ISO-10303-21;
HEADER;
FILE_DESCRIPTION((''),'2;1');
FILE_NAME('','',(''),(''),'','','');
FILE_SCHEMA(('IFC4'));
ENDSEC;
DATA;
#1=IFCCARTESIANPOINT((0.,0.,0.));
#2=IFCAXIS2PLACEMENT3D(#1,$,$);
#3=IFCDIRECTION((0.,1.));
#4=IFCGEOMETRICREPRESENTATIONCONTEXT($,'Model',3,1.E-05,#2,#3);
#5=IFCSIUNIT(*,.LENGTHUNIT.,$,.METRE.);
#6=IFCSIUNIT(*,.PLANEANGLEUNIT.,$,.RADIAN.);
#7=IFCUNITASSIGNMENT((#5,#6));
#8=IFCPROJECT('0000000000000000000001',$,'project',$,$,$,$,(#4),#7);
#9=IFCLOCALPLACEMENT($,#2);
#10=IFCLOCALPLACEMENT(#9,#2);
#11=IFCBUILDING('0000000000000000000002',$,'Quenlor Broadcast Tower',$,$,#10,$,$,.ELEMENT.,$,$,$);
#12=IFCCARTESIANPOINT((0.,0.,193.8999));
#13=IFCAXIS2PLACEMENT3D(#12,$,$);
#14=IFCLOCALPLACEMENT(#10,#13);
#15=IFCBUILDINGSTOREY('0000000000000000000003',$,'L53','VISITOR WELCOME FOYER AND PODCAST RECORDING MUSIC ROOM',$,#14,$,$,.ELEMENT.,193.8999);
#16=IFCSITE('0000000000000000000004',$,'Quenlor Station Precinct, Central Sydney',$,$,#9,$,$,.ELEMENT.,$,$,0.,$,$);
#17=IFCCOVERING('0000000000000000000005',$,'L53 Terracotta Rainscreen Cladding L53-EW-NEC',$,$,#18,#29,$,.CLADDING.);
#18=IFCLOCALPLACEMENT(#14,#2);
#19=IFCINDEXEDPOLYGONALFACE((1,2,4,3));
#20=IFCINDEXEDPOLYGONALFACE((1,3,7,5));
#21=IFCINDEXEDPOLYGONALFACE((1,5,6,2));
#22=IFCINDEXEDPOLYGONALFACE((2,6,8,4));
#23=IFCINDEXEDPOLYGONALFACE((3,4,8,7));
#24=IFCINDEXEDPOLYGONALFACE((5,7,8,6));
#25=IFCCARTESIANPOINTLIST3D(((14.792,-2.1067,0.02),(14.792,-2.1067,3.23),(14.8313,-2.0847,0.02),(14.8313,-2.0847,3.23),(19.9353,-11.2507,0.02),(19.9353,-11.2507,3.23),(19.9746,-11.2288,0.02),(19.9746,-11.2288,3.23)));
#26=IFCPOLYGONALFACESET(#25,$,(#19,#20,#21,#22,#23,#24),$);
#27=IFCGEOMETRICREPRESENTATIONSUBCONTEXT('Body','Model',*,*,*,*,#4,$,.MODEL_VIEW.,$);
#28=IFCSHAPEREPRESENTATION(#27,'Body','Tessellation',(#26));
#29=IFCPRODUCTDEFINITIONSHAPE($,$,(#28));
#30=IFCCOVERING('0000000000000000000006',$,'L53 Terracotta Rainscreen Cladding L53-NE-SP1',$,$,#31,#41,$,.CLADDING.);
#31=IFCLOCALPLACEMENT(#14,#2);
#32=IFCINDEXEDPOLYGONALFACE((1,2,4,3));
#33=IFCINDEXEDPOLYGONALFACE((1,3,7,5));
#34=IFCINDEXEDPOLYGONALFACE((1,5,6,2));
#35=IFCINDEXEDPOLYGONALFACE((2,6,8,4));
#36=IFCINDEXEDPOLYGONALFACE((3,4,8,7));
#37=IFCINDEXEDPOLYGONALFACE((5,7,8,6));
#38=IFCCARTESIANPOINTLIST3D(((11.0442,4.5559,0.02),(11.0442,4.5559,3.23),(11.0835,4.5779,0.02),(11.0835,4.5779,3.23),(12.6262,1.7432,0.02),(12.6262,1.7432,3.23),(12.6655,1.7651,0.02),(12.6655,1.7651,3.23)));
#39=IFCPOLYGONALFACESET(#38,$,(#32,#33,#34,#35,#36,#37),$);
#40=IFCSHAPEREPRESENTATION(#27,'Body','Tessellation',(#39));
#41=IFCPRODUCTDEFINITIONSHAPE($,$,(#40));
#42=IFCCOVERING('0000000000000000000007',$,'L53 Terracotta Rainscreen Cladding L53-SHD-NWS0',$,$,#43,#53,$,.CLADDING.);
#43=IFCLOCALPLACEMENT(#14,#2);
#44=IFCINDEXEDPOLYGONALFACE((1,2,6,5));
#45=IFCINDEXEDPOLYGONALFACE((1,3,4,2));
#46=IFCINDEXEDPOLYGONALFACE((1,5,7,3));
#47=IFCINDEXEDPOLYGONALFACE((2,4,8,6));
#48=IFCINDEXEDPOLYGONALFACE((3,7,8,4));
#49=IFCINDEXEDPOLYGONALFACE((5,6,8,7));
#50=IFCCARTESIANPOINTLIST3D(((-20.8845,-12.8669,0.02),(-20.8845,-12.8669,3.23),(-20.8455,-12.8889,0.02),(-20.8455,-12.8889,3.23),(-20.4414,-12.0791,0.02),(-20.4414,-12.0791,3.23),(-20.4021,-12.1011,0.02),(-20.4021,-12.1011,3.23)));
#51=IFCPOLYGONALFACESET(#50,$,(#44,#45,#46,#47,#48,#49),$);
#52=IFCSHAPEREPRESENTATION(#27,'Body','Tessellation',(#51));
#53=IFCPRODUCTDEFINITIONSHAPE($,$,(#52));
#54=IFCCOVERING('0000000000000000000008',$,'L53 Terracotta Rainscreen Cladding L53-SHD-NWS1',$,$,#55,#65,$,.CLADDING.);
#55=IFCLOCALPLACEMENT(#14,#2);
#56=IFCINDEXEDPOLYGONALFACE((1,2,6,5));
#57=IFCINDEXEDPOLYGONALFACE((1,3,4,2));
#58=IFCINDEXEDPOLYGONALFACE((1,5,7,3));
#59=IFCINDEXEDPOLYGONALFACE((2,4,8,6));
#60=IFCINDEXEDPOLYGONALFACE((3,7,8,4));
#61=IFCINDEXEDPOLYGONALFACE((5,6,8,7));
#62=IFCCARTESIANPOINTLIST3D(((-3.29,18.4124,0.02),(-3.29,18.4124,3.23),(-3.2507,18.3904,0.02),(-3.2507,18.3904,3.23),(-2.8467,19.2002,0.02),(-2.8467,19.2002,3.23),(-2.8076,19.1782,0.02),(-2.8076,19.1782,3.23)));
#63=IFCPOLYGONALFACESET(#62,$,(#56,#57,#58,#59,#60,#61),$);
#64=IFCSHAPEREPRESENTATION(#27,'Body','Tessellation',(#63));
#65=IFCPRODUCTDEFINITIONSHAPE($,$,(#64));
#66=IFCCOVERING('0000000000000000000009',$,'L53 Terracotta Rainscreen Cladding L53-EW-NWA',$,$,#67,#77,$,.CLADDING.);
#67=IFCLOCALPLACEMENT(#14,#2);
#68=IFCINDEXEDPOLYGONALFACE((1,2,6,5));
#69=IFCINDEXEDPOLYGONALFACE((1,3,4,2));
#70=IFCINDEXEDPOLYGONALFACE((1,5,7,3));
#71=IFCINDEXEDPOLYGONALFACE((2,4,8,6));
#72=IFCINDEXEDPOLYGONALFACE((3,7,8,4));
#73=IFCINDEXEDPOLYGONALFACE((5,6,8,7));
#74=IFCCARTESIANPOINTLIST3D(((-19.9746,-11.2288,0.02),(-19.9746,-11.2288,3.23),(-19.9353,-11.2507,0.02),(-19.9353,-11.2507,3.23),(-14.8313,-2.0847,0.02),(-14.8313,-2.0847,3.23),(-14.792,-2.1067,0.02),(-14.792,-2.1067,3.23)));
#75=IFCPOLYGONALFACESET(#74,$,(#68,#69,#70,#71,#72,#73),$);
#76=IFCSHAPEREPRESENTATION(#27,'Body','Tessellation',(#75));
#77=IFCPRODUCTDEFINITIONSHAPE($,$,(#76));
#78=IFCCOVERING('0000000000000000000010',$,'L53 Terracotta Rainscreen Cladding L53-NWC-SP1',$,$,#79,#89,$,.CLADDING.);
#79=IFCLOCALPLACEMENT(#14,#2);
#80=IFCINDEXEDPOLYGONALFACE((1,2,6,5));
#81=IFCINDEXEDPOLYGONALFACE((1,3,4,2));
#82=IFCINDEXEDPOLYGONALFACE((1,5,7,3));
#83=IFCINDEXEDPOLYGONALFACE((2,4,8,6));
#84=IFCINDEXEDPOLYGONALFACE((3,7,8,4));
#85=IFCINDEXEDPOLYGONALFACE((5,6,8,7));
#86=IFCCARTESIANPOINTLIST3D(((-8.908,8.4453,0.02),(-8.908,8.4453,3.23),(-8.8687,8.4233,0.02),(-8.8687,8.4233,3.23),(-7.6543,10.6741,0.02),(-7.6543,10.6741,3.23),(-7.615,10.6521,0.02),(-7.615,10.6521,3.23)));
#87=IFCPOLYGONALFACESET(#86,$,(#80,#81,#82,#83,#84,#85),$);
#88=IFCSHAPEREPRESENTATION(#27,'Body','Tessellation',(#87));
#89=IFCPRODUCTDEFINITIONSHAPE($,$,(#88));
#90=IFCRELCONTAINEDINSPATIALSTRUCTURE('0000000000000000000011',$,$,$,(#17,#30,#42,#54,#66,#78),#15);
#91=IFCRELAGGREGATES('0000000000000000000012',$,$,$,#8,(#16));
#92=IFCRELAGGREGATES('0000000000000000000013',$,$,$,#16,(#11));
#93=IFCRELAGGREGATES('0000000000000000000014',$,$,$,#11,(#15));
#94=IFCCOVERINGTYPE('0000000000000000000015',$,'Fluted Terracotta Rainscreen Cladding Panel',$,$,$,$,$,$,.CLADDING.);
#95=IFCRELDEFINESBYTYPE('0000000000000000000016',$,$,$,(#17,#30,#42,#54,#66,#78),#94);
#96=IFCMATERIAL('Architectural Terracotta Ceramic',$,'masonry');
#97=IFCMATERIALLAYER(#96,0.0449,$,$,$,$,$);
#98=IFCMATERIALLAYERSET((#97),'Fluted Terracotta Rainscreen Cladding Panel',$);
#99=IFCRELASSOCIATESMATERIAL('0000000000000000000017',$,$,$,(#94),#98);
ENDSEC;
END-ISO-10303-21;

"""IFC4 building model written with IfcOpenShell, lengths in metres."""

from ifc_helpers import new_model, si_unit, direction, frame, origin, place, context, subcontext, project, spatial, polyline, outline, extrude, material, layer, layer_set, type_object, element, save


model = new_model("IFC4")

# Units and contexts
model_context = context("Model", 3, precision=1e-05, world=origin(), true_north=direction((0.0, 1.0)))
body_context = subcontext(model_context, "Body", "Model", "MODEL_VIEW")
ifc_project = project(units=[si_unit("LENGTHUNIT", "METRE"), si_unit("PLANEANGLEUNIT", "RADIAN")], contexts=[model_context])

# Site, building, storey
site_placement = place(None, origin())
site = spatial("IfcSite", under=ifc_project, at=site_placement, Name="Quenlor Station Precinct, Central Sydney", CompositionType="ELEMENT", RefElevation=0.0)
building_placement = place(site_placement, origin())
building = spatial("IfcBuilding", under=site, at=building_placement, Name="Quenlor Broadcast Tower", CompositionType="ELEMENT")
storey_placement = place(building_placement, frame((0.0, 0.0, 193.8999)))
storey = spatial("IfcBuildingStorey", under=building, at=storey_placement, Name="L53", Description="VISITOR WELCOME FOYER AND PODCAST RECORDING MUSIC ROOM", CompositionType="ELEMENT", Elevation=193.8999)

# Coverings
ifc_material_1 = material(Name="Architectural Terracotta Ceramic", Category="masonry")
ifc_layer_1 = layer(ifc_material_1, 0.0449)
ifc_layer_set_1 = layer_set([ifc_layer_1], Name="Fluted Terracotta Rainscreen Cladding Panel")
covering_type = type_object("IfcCoveringType", Name="Fluted Terracotta Rainscreen Cladding Panel", PredefinedType="CLADDING", material=ifc_layer_set_1)
covering_1_placement = place(storey_placement, frame((0.0, 0.0, 0.02)))
element("IfcCovering", 1, at=covering_1_placement, inside=storey, type_object=covering_type, Name="L53 Terracotta Rainscreen Cladding L53-EW-NEC", PredefinedType="CLADDING", context=body_context, shape_type="SweptSolid", body=[
    extrude(outline(polyline([(14.792, -2.1067), (19.9353, -11.2507), (19.9746, -11.2288), (14.8313, -2.0847), (14.792, -2.1067)])), origin(), (0.0, 0.0, 1.0), 3.21),
])
covering_2_placement = place(storey_placement, frame((0.0, 0.0, 0.02)))
element("IfcCovering", 2, at=covering_2_placement, inside=storey, type_object=covering_type, Name="L53 Terracotta Rainscreen Cladding L53-NE-SP1", PredefinedType="CLADDING", context=body_context, shape_type="SweptSolid", body=[
    extrude(outline(polyline([(11.0442, 4.5559), (12.6262, 1.7432), (12.6655, 1.7651), (11.0835, 4.5779), (11.0442, 4.5559)])), origin(), (0.0, 0.0, 1.0), 3.21),
])
covering_3_placement = place(storey_placement, frame((0.0, 0.0, 0.02)))
element("IfcCovering", 3, at=covering_3_placement, inside=storey, type_object=covering_type, Name="L53 Terracotta Rainscreen Cladding L53-SHD-NWS0", PredefinedType="CLADDING", context=body_context, shape_type="SweptSolid", body=[
    extrude(outline(polyline([(-20.8455, -12.8889), (-20.4021, -12.1011), (-20.4414, -12.0791), (-20.8845, -12.8669), (-20.8455, -12.8889)])), origin(), (0.0, 0.0, 1.0), 3.21),
])
covering_4_placement = place(storey_placement, frame((0.0, 0.0, 0.02)))
element("IfcCovering", 4, at=covering_4_placement, inside=storey, type_object=covering_type, Name="L53 Terracotta Rainscreen Cladding L53-SHD-NWS1", PredefinedType="CLADDING", context=body_context, shape_type="SweptSolid", body=[
    extrude(outline(polyline([(-3.2507, 18.3904), (-2.8076, 19.1782), (-2.8467, 19.2002), (-3.29, 18.4124), (-3.2507, 18.3904)])), origin(), (0.0, 0.0, 1.0), 3.21),
])
covering_5_placement = place(storey_placement, frame((0.0, 0.0, 0.02)))
element("IfcCovering", 5, at=covering_5_placement, inside=storey, type_object=covering_type, Name="L53 Terracotta Rainscreen Cladding L53-EW-NWA", PredefinedType="CLADDING", context=body_context, shape_type="SweptSolid", body=[
    extrude(outline(polyline([(-19.9353, -11.2507), (-14.792, -2.1067), (-14.8313, -2.0847), (-19.9746, -11.2288), (-19.9353, -11.2507)])), origin(), (0.0, 0.0, 1.0), 3.21),
])
covering_6_placement = place(storey_placement, frame((0.0, 0.0, 0.02)))
element("IfcCovering", 6, at=covering_6_placement, inside=storey, type_object=covering_type, Name="L53 Terracotta Rainscreen Cladding L53-NWC-SP1", PredefinedType="CLADDING", context=body_context, shape_type="SweptSolid", body=[
    extrude(outline(polyline([(-8.8687, 8.4233), (-7.615, 10.6521), (-7.6543, 10.6741), (-8.908, 8.4453), (-8.8687, 8.4233)])), origin(), (0.0, 0.0, 1.0), 3.21),
])

save(model, "model.ifc")
